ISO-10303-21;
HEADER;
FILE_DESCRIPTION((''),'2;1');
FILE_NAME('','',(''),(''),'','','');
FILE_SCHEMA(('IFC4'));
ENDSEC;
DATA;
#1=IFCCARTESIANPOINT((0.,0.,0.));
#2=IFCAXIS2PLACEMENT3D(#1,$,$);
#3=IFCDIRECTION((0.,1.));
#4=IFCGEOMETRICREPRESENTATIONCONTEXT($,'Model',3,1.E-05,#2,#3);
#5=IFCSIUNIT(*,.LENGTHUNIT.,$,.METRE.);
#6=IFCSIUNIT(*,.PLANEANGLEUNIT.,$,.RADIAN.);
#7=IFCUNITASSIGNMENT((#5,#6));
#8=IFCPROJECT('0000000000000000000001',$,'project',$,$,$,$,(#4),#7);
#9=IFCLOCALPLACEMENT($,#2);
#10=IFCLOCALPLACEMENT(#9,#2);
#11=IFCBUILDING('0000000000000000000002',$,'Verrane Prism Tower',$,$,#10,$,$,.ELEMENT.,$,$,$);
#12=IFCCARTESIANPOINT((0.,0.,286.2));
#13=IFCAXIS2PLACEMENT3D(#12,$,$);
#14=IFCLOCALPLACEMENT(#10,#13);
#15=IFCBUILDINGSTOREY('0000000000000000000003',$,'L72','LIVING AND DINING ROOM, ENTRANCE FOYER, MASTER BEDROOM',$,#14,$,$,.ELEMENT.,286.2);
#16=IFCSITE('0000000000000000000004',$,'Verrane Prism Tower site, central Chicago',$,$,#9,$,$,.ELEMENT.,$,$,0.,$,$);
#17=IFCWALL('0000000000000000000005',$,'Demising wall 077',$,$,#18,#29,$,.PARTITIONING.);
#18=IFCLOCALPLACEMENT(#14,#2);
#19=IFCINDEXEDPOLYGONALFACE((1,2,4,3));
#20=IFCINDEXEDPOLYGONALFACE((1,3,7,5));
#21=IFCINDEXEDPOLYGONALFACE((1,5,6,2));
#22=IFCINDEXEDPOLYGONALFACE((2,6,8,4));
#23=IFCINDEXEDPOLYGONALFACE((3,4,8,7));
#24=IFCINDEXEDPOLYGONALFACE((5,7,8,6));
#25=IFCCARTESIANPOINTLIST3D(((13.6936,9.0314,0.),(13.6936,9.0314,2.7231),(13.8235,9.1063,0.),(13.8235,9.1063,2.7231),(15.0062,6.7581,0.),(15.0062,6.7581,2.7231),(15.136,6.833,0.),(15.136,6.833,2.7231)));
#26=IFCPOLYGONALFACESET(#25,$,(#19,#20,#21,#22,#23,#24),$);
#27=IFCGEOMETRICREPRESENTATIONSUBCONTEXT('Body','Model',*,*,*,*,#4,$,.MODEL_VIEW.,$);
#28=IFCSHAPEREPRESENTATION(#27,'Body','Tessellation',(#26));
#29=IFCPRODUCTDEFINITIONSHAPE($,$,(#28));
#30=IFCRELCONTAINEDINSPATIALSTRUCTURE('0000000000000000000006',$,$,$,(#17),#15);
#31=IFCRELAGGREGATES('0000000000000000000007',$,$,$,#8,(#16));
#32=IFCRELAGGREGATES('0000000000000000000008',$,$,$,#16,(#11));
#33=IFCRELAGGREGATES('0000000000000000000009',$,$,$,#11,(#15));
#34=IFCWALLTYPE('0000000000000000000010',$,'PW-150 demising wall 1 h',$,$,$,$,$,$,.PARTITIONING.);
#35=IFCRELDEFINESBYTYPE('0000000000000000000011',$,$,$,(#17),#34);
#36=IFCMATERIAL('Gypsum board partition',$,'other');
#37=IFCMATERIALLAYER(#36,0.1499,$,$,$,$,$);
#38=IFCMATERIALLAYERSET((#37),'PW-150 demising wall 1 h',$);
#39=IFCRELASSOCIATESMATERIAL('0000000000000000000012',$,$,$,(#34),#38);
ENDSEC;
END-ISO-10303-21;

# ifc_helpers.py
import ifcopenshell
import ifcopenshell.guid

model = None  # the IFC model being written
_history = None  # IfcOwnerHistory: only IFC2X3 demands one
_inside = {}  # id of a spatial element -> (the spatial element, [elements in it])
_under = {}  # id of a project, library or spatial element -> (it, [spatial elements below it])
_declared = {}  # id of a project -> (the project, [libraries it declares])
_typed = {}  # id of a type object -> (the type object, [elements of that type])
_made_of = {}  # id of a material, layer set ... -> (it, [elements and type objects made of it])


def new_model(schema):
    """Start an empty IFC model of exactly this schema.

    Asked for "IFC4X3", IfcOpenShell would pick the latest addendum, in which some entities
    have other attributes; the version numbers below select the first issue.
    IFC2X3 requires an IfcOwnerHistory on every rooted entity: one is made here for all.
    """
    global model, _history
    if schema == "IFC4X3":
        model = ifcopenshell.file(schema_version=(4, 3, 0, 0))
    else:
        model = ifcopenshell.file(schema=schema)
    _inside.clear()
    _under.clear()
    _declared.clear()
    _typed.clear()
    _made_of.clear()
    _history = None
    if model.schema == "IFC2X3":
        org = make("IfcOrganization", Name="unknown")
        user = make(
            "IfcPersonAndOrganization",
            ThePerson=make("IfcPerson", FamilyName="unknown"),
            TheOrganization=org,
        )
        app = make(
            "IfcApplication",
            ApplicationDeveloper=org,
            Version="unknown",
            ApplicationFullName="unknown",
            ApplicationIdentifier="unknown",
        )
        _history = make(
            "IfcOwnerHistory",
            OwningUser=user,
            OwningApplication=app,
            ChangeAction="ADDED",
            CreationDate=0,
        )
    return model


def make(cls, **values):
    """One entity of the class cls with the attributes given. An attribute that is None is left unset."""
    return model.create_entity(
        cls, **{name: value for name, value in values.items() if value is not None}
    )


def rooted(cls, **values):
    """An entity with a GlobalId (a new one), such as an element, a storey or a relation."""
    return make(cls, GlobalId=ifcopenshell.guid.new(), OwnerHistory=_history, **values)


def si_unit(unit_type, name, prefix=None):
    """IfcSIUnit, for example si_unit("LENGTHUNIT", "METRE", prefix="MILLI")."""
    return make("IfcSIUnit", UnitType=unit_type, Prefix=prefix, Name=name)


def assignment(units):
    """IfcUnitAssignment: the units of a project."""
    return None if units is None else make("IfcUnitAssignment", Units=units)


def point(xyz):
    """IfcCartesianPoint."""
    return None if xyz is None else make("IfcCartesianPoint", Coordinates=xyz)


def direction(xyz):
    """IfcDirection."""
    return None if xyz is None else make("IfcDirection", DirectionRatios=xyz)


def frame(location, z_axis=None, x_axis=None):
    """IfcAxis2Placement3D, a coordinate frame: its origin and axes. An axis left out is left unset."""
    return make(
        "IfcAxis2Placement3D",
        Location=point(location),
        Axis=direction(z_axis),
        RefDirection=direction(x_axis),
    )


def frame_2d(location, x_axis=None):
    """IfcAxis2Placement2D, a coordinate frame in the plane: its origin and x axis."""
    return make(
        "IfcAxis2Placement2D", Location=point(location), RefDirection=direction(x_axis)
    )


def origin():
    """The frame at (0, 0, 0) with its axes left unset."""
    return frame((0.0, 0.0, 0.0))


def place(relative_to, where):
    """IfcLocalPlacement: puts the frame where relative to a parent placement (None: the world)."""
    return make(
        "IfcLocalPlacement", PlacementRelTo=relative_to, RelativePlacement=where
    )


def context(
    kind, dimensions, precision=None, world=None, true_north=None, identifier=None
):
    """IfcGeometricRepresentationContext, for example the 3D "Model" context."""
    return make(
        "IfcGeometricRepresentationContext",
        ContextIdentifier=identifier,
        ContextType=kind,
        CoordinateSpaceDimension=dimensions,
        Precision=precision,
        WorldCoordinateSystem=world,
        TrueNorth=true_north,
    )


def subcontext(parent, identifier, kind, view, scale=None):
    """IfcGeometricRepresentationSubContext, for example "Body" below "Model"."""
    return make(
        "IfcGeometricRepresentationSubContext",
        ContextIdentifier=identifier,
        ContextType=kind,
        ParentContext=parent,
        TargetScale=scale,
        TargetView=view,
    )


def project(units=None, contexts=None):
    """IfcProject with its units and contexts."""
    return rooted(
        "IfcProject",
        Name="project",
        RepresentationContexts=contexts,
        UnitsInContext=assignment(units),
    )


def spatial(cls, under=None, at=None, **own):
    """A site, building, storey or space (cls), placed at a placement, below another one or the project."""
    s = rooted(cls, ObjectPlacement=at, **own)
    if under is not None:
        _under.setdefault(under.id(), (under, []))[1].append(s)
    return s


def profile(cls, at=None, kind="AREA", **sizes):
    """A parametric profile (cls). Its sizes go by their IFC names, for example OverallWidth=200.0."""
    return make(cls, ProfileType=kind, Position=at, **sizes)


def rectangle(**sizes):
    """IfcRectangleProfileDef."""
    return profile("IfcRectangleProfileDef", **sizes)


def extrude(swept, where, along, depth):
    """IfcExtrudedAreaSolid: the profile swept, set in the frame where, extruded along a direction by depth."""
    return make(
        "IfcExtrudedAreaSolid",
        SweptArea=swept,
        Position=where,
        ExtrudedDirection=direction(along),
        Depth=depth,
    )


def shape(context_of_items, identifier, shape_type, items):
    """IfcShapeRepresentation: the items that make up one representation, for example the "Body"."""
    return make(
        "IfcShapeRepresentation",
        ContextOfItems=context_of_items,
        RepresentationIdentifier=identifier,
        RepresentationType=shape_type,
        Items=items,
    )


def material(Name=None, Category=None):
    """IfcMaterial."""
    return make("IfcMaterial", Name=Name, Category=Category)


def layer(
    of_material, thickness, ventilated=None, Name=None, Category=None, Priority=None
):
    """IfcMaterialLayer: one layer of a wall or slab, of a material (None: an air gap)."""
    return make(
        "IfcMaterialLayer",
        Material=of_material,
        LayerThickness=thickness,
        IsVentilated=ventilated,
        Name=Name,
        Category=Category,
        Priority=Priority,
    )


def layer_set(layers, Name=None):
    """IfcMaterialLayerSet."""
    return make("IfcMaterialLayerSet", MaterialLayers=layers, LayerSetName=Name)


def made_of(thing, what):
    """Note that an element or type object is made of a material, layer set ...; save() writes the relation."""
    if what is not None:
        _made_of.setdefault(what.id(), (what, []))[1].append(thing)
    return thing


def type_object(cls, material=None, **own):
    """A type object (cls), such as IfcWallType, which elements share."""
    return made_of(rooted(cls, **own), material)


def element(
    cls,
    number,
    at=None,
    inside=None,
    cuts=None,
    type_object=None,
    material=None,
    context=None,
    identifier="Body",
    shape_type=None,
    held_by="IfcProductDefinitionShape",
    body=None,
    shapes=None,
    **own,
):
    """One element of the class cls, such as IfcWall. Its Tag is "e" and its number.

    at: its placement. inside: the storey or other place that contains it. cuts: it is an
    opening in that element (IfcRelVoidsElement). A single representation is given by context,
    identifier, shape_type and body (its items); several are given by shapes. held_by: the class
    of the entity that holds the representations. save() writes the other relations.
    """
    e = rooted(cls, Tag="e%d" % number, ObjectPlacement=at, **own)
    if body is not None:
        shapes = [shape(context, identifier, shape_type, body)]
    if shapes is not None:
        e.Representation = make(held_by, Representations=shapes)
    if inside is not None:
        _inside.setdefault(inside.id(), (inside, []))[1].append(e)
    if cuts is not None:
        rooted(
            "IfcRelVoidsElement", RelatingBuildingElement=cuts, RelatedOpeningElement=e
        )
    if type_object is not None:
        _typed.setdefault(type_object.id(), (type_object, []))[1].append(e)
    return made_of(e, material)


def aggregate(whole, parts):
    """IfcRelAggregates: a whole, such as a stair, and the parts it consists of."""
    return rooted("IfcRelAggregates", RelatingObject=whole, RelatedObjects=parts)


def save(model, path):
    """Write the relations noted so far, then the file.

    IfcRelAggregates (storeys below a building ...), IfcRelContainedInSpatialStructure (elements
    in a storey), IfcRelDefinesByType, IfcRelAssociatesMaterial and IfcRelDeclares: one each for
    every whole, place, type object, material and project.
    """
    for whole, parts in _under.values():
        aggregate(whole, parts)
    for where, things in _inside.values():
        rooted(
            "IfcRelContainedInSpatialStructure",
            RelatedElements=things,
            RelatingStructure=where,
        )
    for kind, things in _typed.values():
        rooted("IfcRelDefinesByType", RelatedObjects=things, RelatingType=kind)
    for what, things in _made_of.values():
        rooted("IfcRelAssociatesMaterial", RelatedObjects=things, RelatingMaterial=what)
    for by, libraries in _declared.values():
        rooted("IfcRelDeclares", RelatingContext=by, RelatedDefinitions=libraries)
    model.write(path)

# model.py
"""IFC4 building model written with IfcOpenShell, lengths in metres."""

from ifc_helpers import new_model, si_unit, direction, frame, frame_2d, origin, place, context, subcontext, project, spatial, rectangle, extrude, material, layer, layer_set, type_object, element, save


model = new_model("IFC4")

# Units and contexts
model_context = context("Model", 3, precision=1e-05, world=origin(), true_north=direction((0.0, 1.0)))
body_context = subcontext(model_context, "Body", "Model", "MODEL_VIEW")
ifc_project = project(units=[si_unit("LENGTHUNIT", "METRE"), si_unit("PLANEANGLEUNIT", "RADIAN")], contexts=[model_context])

# Site, building, storey
site_placement = place(None, origin())
site = spatial("IfcSite", under=ifc_project, at=site_placement, Name="Verrane Prism Tower site, central Chicago", CompositionType="ELEMENT", RefElevation=0.0)
building_placement = place(site_placement, origin())
building = spatial("IfcBuilding", under=site, at=building_placement, Name="Verrane Prism Tower", CompositionType="ELEMENT")
storey_placement = place(building_placement, frame((0.0, 0.0, 286.2)))
storey = spatial("IfcBuildingStorey", under=building, at=storey_placement, Name="L72", Description="LIVING AND DINING ROOM, ENTRANCE FOYER, MASTER BEDROOM", CompositionType="ELEMENT", Elevation=286.2)

# Wall
ifc_material_1 = material(Name="Gypsum board partition", Category="other")
ifc_layer_1 = layer(ifc_material_1, 0.1499)
ifc_layer_set_1 = layer_set([ifc_layer_1], Name="PW-150 demising wall 1 h")
wall_type_1 = type_object("IfcWallType", Name="PW-150 demising wall 1 h", PredefinedType="PARTITIONING", material=ifc_layer_set_1)
wall_1_placement = place(storey_placement, frame((13.7585, 9.0688, 0.0), z_axis=(0.0, 0.0, 1.0), x_axis=(0.50002, -0.866014, 0.0)))
element("IfcWall", 1, at=wall_1_placement, inside=storey, type_object=wall_type_1, Name="Demising wall 077", PredefinedType="PARTITIONING", context=body_context, shape_type="SweptSolid", body=[
    extrude(rectangle(XDim=2.625, YDim=0.1499, at=frame_2d((1.3125, 0.0))), origin(), (0.0, 0.0, 1.0), 2.7231),
])

save(model, "model.ifc")
